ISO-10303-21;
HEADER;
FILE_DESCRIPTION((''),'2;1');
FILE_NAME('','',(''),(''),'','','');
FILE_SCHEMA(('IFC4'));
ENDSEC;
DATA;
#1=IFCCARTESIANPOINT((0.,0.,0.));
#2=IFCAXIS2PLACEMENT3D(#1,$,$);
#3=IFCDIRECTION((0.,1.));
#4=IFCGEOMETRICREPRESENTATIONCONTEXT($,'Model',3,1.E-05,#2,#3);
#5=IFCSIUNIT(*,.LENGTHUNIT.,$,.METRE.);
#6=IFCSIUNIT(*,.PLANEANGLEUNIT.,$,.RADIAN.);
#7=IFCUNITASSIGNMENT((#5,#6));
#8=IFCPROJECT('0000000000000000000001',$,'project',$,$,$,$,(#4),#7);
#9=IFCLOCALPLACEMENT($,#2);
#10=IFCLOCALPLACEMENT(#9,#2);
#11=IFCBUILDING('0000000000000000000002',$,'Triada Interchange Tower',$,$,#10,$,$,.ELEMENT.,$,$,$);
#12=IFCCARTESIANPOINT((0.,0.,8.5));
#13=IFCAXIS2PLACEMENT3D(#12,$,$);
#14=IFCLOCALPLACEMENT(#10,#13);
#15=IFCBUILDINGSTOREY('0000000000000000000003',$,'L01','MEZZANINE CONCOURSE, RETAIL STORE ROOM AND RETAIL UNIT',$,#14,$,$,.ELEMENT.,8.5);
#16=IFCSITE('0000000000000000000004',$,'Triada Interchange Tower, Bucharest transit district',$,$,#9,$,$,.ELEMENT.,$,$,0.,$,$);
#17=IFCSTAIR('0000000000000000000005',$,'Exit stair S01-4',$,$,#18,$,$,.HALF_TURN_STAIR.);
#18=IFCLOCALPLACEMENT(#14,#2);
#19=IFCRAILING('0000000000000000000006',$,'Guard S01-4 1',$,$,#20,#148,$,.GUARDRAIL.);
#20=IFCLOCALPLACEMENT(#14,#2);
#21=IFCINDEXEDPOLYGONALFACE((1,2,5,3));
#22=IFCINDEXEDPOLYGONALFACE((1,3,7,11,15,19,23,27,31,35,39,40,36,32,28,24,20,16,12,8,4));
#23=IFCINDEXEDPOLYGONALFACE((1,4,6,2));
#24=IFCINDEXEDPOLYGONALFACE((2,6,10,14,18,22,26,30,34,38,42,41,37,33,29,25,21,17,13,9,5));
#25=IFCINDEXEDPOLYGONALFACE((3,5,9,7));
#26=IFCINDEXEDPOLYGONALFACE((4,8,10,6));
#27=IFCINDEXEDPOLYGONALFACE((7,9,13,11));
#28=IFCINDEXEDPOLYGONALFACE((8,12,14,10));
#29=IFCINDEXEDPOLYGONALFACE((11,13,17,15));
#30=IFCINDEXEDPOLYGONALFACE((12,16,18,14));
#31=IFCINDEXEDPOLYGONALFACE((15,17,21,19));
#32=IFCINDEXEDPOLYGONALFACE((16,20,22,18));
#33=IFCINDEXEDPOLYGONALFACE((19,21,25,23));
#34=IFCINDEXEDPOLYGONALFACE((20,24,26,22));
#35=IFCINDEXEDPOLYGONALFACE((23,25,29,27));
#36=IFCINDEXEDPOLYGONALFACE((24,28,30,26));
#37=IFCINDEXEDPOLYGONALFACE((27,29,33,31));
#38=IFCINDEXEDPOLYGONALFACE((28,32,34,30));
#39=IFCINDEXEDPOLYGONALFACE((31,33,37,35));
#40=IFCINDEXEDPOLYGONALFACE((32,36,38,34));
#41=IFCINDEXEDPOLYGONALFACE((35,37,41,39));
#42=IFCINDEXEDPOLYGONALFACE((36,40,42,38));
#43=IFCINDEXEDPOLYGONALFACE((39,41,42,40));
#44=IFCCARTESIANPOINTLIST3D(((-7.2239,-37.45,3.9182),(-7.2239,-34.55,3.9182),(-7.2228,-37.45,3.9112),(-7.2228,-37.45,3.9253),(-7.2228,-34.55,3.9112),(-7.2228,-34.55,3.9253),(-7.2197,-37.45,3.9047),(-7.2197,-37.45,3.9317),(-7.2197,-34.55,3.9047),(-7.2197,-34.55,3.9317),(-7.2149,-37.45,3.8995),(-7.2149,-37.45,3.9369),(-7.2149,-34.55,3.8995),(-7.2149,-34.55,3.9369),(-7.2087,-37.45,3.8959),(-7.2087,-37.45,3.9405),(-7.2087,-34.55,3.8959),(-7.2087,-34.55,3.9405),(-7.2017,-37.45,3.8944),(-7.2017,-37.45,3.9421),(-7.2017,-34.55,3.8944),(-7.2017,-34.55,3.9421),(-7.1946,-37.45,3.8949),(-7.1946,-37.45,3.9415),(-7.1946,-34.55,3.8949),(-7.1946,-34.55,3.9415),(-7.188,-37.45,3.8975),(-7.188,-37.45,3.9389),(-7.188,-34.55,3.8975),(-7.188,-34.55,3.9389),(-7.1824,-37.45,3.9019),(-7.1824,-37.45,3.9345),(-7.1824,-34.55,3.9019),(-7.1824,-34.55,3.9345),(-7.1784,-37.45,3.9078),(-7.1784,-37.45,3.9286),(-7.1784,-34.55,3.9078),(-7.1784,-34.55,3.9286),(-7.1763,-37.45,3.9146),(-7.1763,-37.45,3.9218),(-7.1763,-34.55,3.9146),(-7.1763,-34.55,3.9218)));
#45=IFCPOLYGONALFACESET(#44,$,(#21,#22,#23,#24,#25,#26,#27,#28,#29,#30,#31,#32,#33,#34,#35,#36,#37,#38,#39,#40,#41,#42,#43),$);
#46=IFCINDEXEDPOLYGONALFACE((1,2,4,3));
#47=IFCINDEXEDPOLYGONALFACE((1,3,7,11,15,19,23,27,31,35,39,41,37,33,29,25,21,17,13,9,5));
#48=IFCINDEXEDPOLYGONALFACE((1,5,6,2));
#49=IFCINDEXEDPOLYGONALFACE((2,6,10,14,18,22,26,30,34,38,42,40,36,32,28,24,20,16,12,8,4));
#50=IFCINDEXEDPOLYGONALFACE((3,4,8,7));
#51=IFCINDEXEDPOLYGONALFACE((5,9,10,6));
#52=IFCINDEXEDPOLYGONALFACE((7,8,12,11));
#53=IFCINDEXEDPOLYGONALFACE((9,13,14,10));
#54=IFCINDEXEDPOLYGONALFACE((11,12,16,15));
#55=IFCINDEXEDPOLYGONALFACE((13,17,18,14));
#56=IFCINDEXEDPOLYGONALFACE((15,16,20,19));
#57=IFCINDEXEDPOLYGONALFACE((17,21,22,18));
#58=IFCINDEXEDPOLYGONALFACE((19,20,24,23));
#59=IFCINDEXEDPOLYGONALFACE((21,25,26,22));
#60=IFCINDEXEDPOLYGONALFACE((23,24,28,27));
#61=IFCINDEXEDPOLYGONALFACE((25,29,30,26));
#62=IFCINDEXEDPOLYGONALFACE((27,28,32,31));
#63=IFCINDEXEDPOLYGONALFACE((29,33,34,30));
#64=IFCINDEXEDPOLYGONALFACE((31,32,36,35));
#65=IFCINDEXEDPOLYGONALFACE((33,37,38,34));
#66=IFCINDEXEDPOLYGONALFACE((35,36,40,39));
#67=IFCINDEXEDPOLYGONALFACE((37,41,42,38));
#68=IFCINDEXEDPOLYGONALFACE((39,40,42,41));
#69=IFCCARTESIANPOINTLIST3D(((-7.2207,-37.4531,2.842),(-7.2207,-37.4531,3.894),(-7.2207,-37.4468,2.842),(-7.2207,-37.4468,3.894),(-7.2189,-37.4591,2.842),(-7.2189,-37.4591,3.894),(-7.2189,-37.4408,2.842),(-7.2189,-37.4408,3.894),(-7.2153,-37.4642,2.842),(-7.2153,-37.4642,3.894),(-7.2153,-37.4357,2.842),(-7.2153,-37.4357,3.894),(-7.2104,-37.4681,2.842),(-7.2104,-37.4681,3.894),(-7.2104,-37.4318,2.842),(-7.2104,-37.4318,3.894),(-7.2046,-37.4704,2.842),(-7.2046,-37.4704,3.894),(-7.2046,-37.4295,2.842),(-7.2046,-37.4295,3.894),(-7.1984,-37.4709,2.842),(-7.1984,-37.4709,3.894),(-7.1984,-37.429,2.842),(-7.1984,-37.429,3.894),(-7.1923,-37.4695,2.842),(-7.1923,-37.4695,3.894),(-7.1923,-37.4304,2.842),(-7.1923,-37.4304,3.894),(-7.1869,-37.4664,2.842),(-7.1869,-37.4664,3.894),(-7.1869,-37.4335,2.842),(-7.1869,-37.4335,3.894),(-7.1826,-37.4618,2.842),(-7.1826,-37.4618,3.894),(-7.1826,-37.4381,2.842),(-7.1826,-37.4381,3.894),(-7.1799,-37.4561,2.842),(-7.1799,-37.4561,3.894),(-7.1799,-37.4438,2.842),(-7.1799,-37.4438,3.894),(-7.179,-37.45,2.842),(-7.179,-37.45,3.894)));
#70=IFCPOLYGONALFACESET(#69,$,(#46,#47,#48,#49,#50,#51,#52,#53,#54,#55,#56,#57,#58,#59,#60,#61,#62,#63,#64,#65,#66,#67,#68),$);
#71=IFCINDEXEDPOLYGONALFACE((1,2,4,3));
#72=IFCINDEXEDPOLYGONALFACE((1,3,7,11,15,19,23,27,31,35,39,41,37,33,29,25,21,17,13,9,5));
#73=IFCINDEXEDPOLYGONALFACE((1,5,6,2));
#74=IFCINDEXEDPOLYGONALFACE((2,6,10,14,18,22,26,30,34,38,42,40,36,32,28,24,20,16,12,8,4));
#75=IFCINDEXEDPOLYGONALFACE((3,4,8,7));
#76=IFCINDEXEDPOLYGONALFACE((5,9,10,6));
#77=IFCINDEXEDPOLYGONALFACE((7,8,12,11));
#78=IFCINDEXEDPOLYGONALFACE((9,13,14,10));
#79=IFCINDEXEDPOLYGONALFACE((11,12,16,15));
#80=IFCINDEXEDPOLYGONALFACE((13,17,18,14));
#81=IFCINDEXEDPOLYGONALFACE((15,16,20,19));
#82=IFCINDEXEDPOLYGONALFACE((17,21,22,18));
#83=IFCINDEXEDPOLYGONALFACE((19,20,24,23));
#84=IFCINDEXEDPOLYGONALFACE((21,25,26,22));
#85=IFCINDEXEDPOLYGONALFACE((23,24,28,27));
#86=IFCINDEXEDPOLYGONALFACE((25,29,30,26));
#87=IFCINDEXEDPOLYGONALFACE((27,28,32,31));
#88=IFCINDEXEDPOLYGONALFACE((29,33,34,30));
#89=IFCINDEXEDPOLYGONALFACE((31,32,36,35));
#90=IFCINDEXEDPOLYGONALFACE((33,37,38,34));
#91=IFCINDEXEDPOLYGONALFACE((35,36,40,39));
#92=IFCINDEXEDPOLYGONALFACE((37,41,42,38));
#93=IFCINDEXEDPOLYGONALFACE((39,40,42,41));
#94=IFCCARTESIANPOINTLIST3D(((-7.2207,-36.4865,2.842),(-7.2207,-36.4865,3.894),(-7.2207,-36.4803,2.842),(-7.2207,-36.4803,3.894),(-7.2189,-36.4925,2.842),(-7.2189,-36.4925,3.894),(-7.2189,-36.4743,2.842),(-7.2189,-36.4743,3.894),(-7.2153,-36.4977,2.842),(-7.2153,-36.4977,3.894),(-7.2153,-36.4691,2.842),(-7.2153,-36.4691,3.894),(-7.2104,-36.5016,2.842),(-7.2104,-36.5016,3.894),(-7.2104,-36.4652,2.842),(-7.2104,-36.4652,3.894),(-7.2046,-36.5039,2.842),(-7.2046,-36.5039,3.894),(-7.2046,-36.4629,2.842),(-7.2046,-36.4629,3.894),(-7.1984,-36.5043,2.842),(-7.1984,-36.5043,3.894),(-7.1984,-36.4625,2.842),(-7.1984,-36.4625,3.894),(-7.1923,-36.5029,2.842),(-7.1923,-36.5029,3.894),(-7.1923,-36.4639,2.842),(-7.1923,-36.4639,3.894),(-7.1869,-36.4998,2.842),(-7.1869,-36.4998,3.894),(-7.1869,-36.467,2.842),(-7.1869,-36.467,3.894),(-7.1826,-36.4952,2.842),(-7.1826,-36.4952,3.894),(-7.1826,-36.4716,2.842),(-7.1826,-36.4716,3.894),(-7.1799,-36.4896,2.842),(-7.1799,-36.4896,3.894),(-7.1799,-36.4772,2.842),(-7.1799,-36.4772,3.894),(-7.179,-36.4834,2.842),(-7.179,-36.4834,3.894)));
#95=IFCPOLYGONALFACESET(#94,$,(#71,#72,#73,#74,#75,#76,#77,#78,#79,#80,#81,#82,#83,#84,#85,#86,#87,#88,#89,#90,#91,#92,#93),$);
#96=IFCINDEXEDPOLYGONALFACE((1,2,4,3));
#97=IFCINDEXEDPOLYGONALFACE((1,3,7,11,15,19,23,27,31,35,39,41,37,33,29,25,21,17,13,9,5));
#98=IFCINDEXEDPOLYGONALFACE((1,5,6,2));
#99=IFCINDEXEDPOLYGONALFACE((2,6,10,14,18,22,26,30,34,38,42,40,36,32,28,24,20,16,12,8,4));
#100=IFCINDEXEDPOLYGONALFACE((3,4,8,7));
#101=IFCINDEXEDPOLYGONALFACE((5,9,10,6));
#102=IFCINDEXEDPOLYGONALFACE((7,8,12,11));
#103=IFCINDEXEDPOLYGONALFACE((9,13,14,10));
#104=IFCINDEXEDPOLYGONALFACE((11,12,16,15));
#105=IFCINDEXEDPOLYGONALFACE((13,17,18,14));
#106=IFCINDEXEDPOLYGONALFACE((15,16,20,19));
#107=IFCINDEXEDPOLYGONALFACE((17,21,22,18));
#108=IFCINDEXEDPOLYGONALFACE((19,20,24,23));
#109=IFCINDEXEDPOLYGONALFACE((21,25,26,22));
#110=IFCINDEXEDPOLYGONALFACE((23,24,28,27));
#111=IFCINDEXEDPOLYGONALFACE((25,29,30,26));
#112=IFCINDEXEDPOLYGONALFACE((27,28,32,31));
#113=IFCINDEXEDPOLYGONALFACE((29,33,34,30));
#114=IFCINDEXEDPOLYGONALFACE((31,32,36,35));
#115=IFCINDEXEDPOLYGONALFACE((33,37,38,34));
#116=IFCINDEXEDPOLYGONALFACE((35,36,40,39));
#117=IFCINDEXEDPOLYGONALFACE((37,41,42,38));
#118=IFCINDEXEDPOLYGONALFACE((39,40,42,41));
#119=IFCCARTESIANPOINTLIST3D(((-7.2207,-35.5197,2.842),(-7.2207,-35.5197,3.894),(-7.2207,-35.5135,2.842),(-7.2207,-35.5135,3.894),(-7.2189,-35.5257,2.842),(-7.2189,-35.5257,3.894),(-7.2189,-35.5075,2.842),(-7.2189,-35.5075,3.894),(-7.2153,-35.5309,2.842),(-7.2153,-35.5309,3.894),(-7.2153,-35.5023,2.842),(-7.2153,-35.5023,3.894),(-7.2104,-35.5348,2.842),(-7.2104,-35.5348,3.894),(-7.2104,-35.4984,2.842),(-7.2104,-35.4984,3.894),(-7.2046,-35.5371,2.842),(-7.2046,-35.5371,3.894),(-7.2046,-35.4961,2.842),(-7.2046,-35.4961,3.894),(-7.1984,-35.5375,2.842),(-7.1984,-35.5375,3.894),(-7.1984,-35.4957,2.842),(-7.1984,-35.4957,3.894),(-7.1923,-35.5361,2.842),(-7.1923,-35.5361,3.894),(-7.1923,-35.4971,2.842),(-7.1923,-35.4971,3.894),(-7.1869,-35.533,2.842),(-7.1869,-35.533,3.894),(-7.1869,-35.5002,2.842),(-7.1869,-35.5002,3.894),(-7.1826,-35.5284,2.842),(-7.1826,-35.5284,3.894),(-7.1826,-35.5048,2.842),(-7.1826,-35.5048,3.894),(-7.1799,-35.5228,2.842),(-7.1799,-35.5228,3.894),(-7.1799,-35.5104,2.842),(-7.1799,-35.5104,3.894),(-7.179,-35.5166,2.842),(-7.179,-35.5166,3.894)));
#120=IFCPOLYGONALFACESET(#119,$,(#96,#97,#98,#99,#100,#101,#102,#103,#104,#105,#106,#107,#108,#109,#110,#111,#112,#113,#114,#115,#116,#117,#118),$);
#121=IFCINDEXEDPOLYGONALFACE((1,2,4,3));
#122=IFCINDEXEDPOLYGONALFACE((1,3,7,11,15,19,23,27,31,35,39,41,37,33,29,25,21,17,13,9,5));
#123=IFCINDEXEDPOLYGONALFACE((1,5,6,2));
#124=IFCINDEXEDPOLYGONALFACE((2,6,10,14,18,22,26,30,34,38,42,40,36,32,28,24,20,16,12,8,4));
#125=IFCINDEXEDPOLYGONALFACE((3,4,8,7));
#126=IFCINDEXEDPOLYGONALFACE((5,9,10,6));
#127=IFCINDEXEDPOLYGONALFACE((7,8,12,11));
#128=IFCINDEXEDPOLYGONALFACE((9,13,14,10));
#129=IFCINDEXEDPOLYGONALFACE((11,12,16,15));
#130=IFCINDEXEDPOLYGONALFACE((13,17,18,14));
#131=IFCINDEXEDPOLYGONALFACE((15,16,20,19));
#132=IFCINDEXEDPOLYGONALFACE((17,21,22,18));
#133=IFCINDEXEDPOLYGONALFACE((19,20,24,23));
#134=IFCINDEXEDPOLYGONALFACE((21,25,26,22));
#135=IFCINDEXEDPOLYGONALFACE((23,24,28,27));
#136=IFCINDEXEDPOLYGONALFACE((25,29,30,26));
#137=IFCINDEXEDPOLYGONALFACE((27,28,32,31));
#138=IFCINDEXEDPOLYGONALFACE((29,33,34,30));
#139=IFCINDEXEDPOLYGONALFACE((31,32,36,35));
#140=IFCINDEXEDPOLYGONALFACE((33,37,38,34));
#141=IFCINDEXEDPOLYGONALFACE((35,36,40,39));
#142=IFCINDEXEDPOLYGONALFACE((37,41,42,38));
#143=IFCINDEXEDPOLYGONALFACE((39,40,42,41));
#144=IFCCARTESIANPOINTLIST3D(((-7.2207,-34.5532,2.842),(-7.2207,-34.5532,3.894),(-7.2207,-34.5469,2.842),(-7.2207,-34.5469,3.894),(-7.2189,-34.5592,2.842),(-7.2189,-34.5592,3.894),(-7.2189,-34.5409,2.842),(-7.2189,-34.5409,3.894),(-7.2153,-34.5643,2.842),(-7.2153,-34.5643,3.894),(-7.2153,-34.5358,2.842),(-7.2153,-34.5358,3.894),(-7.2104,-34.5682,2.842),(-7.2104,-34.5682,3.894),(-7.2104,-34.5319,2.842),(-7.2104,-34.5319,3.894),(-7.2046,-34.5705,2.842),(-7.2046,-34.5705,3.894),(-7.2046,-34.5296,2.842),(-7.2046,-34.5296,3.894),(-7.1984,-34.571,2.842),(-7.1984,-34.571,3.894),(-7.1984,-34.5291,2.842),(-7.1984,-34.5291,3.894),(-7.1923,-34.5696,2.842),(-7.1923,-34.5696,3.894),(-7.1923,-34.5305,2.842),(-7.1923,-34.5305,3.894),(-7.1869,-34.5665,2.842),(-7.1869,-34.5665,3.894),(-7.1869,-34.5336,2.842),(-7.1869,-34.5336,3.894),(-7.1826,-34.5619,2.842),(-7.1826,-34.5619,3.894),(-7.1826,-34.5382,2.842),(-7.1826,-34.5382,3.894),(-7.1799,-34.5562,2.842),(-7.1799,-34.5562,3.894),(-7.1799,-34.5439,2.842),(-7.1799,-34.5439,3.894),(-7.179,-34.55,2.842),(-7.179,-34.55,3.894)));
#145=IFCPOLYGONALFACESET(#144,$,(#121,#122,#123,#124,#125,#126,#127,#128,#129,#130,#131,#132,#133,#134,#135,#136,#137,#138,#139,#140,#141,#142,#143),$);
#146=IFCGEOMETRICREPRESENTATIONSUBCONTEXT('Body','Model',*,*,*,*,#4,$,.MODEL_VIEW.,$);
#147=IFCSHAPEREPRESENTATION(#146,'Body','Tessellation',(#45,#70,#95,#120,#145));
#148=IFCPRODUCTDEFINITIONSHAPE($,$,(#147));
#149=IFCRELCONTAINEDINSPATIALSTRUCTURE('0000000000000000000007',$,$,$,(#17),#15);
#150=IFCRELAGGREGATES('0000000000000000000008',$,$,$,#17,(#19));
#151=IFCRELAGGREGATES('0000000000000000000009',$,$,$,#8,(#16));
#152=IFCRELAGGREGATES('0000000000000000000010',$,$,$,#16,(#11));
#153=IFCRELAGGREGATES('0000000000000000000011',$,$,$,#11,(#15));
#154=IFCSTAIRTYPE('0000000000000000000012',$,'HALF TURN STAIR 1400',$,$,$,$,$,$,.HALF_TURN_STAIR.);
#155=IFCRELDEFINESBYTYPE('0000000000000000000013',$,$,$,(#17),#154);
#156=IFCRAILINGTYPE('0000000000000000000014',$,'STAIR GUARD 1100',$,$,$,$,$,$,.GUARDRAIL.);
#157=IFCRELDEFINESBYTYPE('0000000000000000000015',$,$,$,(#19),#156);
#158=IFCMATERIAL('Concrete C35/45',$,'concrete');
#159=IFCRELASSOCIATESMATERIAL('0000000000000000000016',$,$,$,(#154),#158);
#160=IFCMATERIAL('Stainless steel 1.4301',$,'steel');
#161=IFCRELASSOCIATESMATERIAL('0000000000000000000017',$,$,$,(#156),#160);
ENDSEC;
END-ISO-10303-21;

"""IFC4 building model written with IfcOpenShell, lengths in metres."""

from ifc_helpers import new_model, si_unit, direction, frame, origin, origin_2d, place, context, subcontext, project, spatial, circle, extrude, material, type_object, element, aggregate, save


model = new_model("IFC4")

# Units and contexts
model_context = context("Model", 3, precision=1e-05, world=origin(), true_north=direction((0.0, 1.0)))
body_context = subcontext(model_context, "Body", "Model", "MODEL_VIEW")
ifc_project = project(units=[si_unit("LENGTHUNIT", "METRE"), si_unit("PLANEANGLEUNIT", "RADIAN")], contexts=[model_context])

# Site, building, storey
site_placement = place(None, origin())
site = spatial("IfcSite", under=ifc_project, at=site_placement, Name="Triada Interchange Tower, Bucharest transit district", CompositionType="ELEMENT", RefElevation=0.0)
building_placement = place(site_placement, origin())
building = spatial("IfcBuilding", under=site, at=building_placement, Name="Triada Interchange Tower", CompositionType="ELEMENT")
storey_placement = place(building_placement, frame((0.0, 0.0, 8.5)))
storey = spatial("IfcBuildingStorey", under=building, at=storey_placement, Name="L01", Description="MEZZANINE CONCOURSE, RETAIL STORE ROOM AND RETAIL UNIT", CompositionType="ELEMENT", Elevation=8.5)

# Shared definitions
ifc_material_1 = material(Name="Concrete C35/45", Category="concrete")

# Stair, railing
stair_type = type_object("IfcStairType", Name="HALF TURN STAIR 1400", PredefinedType="HALF_TURN_STAIR", material=ifc_material_1)
stair_placement = place(storey_placement, origin())
stair = element("IfcStair", 1, at=stair_placement, inside=storey, type_object=stair_type, Name="Exit stair S01-4", PredefinedType="HALF_TURN_STAIR")
ifc_material_2 = material(Name="Stainless steel 1.4301", Category="steel")
railing_type_1 = type_object("IfcRailingType", Name="STAIR GUARD 1100", PredefinedType="GUARDRAIL", material=ifc_material_2)
railing_1_placement = place(storey_placement, frame((-7.2, -37.45, 2.842)))
railing_1 = element("IfcRailing", 2, at=railing_1_placement, type_object=railing_type_1, Name="Guard S01-4 1", PredefinedType="GUARDRAIL", context=body_context, shape_type="SweptSolid", body=[
    extrude(circle(Radius=0.0239, at=origin_2d()), frame((0.0, 0.0, 1.0762), z_axis=(0.0, 1.0, 0.0), x_axis=(-1.0, 0.0, 0.0)), (0.0, 0.0, 1.0), 2.8999),
    extrude(circle(Radius=0.021, at=origin_2d()), origin(), (0.0, 0.0, 1.0), 1.052),
    extrude(circle(Radius=0.021, at=origin_2d()), frame((0.0, 0.9666, 0.0)), (0.0, 0.0, 1.0), 1.052),
    extrude(circle(Radius=0.021, at=origin_2d()), frame((0.0, 1.9333, 0.0)), (0.0, 0.0, 1.0), 1.052),
    extrude(circle(Radius=0.021, at=origin_2d()), frame((0.0, 2.8999, 0.0)), (0.0, 0.0, 1.0), 1.052),
])
aggregate(stair, [railing_1])

save(model, "model.ifc")
